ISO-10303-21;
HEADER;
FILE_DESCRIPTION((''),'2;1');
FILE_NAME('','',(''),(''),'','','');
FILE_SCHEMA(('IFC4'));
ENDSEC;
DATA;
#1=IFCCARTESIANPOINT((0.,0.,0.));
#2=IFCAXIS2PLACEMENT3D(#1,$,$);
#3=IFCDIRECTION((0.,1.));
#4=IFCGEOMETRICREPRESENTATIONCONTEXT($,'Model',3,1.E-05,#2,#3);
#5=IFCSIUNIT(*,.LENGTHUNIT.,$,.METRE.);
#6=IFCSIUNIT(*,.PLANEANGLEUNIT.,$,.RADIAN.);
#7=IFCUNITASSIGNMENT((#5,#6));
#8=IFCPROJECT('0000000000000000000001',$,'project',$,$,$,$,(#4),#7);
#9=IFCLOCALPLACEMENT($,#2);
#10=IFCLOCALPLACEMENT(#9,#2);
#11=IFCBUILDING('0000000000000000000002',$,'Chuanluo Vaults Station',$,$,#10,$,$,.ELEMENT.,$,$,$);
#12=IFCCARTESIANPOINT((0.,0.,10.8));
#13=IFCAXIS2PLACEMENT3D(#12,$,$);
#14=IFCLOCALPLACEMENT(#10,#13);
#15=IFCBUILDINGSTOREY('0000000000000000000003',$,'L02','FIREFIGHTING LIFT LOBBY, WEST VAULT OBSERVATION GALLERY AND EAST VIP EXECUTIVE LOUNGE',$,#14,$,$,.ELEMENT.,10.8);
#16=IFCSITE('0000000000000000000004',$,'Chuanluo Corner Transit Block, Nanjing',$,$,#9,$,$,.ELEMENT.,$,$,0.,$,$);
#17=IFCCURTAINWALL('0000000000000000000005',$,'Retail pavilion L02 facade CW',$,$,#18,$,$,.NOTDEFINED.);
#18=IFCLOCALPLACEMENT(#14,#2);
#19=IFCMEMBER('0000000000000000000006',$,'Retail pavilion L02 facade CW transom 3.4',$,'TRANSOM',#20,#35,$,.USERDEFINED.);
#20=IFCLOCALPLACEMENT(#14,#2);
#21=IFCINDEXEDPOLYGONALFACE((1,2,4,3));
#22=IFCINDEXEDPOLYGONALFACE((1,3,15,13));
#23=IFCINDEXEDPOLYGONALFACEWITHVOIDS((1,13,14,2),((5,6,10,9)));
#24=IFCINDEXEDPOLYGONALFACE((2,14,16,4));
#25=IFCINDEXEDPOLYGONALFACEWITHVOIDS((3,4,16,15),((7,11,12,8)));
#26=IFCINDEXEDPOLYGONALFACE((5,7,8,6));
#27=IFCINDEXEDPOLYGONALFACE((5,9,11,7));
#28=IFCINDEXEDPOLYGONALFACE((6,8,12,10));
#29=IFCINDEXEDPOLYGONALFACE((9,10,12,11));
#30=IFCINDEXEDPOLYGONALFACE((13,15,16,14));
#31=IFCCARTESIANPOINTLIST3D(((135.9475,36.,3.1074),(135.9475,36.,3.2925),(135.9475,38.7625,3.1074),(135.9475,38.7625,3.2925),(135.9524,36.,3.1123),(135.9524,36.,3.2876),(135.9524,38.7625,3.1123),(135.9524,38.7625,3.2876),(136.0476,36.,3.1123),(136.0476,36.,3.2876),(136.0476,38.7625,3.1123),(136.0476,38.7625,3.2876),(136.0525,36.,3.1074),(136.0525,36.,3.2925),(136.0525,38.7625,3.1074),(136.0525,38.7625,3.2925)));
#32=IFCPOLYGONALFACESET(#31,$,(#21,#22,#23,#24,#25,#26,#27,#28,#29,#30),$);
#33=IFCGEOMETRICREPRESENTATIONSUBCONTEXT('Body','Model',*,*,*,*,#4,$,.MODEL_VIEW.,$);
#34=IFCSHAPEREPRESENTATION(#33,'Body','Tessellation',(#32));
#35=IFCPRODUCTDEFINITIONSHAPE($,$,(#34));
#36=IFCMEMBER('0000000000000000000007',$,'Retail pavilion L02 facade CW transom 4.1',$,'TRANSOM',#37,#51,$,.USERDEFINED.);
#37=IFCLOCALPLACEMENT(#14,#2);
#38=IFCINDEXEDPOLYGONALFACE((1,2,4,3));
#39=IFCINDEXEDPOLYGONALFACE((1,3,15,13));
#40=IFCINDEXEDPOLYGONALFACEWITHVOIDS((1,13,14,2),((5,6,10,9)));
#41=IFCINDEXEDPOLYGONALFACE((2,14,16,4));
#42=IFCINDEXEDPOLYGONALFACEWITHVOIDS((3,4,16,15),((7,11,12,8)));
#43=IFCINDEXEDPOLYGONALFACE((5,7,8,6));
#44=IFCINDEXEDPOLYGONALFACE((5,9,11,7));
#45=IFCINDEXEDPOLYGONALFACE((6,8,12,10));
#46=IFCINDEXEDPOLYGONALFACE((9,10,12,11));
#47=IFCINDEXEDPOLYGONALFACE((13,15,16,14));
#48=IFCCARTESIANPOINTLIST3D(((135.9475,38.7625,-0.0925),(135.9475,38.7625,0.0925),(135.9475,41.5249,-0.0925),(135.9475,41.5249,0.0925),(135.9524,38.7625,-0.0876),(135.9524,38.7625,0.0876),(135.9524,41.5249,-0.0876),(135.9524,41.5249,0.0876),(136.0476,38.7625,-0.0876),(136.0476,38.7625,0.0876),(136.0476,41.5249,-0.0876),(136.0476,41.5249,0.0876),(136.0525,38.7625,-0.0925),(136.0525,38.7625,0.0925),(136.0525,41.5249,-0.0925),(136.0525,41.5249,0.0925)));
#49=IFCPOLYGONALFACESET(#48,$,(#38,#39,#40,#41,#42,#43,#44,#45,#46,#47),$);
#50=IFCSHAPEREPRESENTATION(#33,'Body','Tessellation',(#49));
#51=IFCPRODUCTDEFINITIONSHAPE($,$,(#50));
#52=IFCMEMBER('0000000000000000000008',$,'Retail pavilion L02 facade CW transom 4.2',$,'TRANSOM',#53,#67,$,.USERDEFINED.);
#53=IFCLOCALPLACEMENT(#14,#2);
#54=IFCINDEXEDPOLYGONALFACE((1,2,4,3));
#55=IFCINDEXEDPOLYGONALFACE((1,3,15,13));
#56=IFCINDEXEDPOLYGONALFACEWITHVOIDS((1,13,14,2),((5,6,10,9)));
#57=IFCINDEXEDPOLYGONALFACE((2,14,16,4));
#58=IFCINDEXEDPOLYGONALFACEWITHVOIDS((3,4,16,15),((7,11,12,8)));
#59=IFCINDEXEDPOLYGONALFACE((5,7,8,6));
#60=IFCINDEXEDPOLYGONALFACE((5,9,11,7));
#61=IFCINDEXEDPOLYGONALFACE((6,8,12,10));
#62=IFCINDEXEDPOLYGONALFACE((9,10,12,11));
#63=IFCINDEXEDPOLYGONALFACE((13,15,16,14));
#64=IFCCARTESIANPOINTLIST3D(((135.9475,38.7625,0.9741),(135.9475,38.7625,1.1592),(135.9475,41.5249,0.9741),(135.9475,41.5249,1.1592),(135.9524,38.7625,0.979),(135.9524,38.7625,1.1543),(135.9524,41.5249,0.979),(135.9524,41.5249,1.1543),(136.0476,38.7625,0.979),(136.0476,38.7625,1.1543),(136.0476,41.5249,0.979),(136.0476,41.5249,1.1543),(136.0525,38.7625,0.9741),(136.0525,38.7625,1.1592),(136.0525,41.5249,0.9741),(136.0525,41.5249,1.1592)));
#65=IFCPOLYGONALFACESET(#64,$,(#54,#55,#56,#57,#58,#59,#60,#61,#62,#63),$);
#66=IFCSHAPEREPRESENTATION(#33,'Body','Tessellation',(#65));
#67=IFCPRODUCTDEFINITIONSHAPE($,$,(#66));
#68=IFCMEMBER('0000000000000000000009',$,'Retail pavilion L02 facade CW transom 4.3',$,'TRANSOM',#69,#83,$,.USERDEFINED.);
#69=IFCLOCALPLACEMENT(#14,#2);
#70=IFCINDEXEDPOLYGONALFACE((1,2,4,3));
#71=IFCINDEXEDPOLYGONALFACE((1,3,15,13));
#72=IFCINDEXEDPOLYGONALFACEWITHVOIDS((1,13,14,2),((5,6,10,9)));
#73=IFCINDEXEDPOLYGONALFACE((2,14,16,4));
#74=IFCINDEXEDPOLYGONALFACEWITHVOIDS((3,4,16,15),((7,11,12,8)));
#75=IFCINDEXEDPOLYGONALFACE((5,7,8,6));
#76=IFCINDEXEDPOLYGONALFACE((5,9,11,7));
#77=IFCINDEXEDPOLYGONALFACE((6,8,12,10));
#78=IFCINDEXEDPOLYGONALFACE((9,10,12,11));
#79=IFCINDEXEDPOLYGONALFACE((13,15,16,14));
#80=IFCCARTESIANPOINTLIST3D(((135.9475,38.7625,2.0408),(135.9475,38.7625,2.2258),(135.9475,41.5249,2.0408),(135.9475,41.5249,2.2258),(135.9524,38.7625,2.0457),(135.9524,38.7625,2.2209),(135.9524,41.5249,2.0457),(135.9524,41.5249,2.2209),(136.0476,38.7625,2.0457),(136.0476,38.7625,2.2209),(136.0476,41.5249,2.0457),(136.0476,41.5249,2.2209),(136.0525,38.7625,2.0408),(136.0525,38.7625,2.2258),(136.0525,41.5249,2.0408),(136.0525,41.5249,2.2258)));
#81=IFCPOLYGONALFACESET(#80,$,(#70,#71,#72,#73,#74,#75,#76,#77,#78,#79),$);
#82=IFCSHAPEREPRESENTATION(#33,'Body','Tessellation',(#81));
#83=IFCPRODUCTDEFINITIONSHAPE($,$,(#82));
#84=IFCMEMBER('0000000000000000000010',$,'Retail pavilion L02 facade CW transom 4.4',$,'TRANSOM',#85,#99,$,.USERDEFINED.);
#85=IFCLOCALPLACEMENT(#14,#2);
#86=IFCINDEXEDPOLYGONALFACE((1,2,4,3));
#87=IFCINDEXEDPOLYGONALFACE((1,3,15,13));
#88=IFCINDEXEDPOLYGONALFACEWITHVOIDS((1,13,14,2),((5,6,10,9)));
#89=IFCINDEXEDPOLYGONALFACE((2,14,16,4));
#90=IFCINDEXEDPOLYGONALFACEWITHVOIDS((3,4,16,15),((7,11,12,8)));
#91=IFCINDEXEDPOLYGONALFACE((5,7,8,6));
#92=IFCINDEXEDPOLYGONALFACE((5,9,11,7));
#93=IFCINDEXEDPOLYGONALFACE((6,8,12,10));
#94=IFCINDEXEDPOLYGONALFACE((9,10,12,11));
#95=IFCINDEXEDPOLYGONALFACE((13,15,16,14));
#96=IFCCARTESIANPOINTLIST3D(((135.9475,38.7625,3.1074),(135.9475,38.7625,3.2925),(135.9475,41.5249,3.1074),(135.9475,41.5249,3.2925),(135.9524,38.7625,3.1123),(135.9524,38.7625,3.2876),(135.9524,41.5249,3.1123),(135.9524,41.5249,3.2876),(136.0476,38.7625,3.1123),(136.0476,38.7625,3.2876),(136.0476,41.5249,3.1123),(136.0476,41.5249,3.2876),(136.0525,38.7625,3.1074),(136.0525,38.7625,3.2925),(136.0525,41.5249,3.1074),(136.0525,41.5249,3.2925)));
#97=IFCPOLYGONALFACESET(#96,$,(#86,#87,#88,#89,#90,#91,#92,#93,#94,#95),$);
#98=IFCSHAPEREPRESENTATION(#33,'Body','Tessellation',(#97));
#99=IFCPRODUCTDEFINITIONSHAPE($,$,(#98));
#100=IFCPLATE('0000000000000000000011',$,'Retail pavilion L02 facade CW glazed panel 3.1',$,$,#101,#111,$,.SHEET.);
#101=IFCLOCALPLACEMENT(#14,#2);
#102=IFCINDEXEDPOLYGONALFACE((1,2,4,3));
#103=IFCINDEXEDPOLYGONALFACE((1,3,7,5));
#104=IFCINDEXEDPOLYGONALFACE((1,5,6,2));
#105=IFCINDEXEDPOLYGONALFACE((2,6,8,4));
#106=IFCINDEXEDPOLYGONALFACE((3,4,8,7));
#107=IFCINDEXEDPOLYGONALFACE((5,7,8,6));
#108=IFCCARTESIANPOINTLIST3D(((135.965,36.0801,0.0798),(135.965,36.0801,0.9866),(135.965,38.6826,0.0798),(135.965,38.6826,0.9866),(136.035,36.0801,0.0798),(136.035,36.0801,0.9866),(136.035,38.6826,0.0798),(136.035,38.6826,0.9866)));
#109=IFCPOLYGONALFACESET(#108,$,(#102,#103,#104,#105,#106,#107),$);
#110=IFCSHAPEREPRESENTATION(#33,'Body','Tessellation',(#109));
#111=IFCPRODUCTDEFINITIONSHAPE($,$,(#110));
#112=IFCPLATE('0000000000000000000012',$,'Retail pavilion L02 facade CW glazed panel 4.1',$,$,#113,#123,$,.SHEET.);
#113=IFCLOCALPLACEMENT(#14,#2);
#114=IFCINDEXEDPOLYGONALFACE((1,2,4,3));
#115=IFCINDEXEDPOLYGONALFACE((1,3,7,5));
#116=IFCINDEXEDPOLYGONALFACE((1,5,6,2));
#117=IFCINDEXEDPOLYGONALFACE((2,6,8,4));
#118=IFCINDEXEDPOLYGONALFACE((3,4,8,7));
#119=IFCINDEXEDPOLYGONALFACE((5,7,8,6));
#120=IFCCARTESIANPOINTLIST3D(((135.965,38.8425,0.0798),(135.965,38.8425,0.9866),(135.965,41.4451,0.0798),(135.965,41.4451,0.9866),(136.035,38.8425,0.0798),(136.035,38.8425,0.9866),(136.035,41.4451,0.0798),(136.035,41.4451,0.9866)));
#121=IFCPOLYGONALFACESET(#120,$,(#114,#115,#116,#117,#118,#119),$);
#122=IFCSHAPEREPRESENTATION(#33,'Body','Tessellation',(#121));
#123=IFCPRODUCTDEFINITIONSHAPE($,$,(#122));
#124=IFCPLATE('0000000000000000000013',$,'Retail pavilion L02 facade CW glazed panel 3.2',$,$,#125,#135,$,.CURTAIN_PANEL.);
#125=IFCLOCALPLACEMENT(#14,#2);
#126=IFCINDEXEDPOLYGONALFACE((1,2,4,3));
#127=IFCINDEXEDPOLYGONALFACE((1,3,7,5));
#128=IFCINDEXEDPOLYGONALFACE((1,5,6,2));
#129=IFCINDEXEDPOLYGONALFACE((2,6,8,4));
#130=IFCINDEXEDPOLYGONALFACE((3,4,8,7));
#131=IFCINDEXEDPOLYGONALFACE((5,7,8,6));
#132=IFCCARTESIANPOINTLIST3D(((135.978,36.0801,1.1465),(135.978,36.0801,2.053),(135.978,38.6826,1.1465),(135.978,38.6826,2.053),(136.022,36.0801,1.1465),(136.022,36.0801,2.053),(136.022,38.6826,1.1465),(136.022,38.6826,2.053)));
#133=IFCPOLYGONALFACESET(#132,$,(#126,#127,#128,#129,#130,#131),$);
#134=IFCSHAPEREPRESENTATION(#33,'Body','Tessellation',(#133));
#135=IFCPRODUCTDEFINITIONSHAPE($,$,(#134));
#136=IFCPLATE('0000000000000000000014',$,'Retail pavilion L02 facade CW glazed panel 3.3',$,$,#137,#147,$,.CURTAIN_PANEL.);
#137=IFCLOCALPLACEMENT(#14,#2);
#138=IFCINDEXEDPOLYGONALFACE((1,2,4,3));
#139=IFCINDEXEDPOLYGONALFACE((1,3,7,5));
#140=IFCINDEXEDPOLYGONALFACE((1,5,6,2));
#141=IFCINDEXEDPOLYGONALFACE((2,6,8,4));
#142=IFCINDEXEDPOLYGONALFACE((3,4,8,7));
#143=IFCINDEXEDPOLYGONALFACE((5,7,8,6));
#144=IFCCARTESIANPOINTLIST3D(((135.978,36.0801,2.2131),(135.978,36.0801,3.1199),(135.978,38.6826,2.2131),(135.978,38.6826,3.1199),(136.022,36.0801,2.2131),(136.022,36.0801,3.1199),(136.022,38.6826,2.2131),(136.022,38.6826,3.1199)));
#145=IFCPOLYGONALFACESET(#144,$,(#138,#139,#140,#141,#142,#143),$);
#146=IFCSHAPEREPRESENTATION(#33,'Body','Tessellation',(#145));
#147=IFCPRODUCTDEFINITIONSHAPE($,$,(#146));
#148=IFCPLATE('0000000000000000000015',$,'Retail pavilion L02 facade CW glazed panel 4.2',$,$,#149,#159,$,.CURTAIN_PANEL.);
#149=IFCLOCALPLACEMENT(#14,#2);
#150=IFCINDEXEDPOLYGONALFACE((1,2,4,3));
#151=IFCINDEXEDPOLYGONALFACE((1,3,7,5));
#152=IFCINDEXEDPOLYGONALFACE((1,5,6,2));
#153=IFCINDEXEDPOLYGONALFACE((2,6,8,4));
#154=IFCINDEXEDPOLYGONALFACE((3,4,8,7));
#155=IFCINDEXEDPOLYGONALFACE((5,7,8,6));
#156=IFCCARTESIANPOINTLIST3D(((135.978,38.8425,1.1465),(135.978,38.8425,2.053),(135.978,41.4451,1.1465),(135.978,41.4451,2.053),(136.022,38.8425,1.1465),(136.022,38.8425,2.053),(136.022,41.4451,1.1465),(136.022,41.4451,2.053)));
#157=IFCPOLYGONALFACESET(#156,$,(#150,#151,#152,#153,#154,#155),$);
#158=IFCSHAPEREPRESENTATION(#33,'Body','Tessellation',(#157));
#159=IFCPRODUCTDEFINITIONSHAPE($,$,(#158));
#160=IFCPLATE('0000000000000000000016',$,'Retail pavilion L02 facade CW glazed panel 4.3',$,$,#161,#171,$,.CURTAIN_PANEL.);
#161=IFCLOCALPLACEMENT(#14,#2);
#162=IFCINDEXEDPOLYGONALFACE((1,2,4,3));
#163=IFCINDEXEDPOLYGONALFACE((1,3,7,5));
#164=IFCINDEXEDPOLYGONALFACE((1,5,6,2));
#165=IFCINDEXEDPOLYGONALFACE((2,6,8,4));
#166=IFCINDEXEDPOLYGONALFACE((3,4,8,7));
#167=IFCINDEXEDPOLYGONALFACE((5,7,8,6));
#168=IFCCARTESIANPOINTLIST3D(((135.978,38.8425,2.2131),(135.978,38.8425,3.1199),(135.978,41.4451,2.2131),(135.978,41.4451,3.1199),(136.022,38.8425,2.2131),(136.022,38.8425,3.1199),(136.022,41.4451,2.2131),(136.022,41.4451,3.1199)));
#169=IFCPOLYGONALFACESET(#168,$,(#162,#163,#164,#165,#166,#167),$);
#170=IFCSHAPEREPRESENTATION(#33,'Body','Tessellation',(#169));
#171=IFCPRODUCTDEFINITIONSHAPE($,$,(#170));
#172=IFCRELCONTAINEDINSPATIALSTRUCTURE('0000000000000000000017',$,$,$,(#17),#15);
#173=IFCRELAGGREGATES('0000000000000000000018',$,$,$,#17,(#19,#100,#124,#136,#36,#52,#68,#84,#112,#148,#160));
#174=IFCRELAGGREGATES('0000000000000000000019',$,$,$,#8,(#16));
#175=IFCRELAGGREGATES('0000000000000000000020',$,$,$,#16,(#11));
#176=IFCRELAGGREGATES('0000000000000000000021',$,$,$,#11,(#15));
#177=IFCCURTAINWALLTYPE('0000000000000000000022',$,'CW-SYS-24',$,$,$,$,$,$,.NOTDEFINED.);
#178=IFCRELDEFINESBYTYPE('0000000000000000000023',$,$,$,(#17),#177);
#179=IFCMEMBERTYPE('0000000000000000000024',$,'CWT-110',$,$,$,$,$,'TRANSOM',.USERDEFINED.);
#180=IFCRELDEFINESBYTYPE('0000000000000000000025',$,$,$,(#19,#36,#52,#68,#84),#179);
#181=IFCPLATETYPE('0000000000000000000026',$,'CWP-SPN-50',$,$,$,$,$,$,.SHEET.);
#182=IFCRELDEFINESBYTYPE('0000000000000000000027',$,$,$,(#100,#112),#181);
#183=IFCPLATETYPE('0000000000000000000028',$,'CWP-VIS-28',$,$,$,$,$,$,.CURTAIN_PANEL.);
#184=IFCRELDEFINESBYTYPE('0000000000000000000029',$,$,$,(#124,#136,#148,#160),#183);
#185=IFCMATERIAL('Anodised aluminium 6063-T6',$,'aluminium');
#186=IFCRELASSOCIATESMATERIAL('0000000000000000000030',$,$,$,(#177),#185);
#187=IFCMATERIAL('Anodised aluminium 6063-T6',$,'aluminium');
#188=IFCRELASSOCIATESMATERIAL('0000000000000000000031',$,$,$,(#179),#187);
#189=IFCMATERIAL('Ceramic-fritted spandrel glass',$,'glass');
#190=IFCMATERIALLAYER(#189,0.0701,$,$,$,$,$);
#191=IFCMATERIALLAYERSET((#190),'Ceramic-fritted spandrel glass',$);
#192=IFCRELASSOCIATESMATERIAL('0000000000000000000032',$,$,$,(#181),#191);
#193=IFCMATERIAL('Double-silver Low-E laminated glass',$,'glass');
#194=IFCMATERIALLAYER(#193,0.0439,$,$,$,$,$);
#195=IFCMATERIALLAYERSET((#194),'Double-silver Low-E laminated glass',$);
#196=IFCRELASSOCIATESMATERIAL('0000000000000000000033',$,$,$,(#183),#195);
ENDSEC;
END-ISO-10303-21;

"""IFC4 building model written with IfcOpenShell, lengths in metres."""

from ifc_helpers import new_model, si_unit, direction, frame, origin, origin_2d, place, context, subcontext, project, spatial, rectangle, hollow_rectangle, extrude, material, layer, layer_set, material_profile, profile_set, type_object, element, aggregate, save


model = new_model("IFC4")

# Units and contexts
model_context = context("Model", 3, precision=1e-05, world=origin(), true_north=direction((0.0, 1.0)))
body_context = subcontext(model_context, "Body", "Model", "MODEL_VIEW")
ifc_project = project(units=[si_unit("LENGTHUNIT", "METRE"), si_unit("PLANEANGLEUNIT", "RADIAN")], contexts=[model_context])

# Site, building, storey
site_placement = place(None, origin())
site = spatial("IfcSite", under=ifc_project, at=site_placement, Name="Chuanluo Corner Transit Block, Nanjing", CompositionType="ELEMENT", RefElevation=0.0)
building_placement = place(site_placement, origin())
building = spatial("IfcBuilding", under=site, at=building_placement, Name="Chuanluo Vaults Station", CompositionType="ELEMENT")
storey_placement = place(building_placement, frame((0.0, 0.0, 10.8)))
storey = spatial("IfcBuildingStorey", under=building, at=storey_placement, Name="L02", Description="FIREFIGHTING LIFT LOBBY, WEST VAULT OBSERVATION GALLERY AND EAST VIP EXECUTIVE LOUNGE", CompositionType="ELEMENT", Elevation=10.8)

# Curtain wall, members, plates
ifc_material_1 = material(Name="Anodised aluminium 6063-T6", Category="aluminium")
curtain_wall_type = type_object("IfcCurtainWallType", Name="CW-SYS-24", PredefinedType="NOTDEFINED", material=ifc_material_1)
curtain_wall_placement = place(storey_placement, origin())
curtain_wall = element("IfcCurtainWall", 1, at=curtain_wall_placement, inside=storey, type_object=curtain_wall_type, Name="Retail pavilion L02 facade CW", PredefinedType="NOTDEFINED")
ifc_material_2 = material(Name="Anodised aluminium 6063-T6", Category="aluminium")
ifc_material_profile_1 = material_profile(ifc_material_2, hollow_rectangle(XDim=0.105, YDim=0.1851, WallThickness=0.0049, at=origin_2d()))
ifc_profile_set_1 = profile_set([ifc_material_profile_1], Name="Anodised aluminium 6063-T6")
member_type_1 = type_object("IfcMemberType", Name="CWT-110", ElementType="TRANSOM", PredefinedType="USERDEFINED", material=ifc_profile_set_1)
member_1_placement = place(storey_placement, frame((136.0, 36.0, 3.2), z_axis=(0.0, 1.0, 0.0), x_axis=(-1.0, 0.0, 0.0)))
member_1 = element("IfcMember", 2, at=member_1_placement, type_object=member_type_1, Name="Retail pavilion L02 facade CW transom 3.4", ObjectType="TRANSOM", PredefinedType="USERDEFINED", context=body_context, shape_type="SweptSolid", body=[
    extrude(hollow_rectangle(XDim=0.105, YDim=0.1851, WallThickness=0.0049, at=origin_2d()), origin(), (0.0, 0.0, 1.0), 2.7625),
])
member_2_placement = place(storey_placement, frame((136.0, 38.7625, 0.0), z_axis=(0.0, 1.0, 0.0), x_axis=(-1.0, 0.0, 0.0)))
member_2 = element("IfcMember", 3, at=member_2_placement, type_object=member_type_1, Name="Retail pavilion L02 facade CW transom 4.1", ObjectType="TRANSOM", PredefinedType="USERDEFINED", context=body_context, shape_type="SweptSolid", body=[
    extrude(hollow_rectangle(XDim=0.105, YDim=0.1851, WallThickness=0.0049, at=origin_2d()), origin(), (0.0, 0.0, 1.0), 2.7625),
])
member_3_placement = place(storey_placement, frame((136.0, 38.7625, 1.0667), z_axis=(0.0, 1.0, 0.0), x_axis=(-1.0, 0.0, 0.0)))
member_3 = element("IfcMember", 4, at=member_3_placement, type_object=member_type_1, Name="Retail pavilion L02 facade CW transom 4.2", ObjectType="TRANSOM", PredefinedType="USERDEFINED", context=body_context, shape_type="SweptSolid", body=[
    extrude(hollow_rectangle(XDim=0.105, YDim=0.1851, WallThickness=0.0049, at=origin_2d()), origin(), (0.0, 0.0, 1.0), 2.7625),
])
member_4_placement = place(storey_placement, frame((136.0, 38.7625, 2.1333), z_axis=(0.0, 1.0, 0.0), x_axis=(-1.0, 0.0, 0.0)))
member_4 = element("IfcMember", 5, at=member_4_placement, type_object=member_type_1, Name="Retail pavilion L02 facade CW transom 4.3", ObjectType="TRANSOM", PredefinedType="USERDEFINED", context=body_context, shape_type="SweptSolid", body=[
    extrude(hollow_rectangle(XDim=0.105, YDim=0.1851, WallThickness=0.0049, at=origin_2d()), origin(), (0.0, 0.0, 1.0), 2.7625),
])
member_5_placement = place(storey_placement, frame((136.0, 38.7625, 3.2), z_axis=(0.0, 1.0, 0.0), x_axis=(-1.0, 0.0, 0.0)))
member_5 = element("IfcMember", 6, at=member_5_placement, type_object=member_type_1, Name="Retail pavilion L02 facade CW transom 4.4", ObjectType="TRANSOM", PredefinedType="USERDEFINED", context=body_context, shape_type="SweptSolid", body=[
    extrude(hollow_rectangle(XDim=0.105, YDim=0.1851, WallThickness=0.0049, at=origin_2d()), origin(), (0.0, 0.0, 1.0), 2.7625),
])
ifc_material_3 = material(Name="Ceramic-fritted spandrel glass", Category="glass")
ifc_layer_1 = layer(ifc_material_3, 0.0701)
ifc_layer_set_1 = layer_set([ifc_layer_1], Name="Ceramic-fritted spandrel glass")
plate_type_1 = type_object("IfcPlateType", Name="CWP-SPN-50", PredefinedType="SHEET", material=ifc_layer_set_1)
plate_1_placement = place(storey_placement, frame((136.0, 37.3813, 0.0798), z_axis=(0.0, 0.0, 1.0), x_axis=(0.0, 1.0, 0.0)))
plate_1 = element("IfcPlate", 7, at=plate_1_placement, type_object=plate_type_1, Name="Retail pavilion L02 facade CW glazed panel 3.1", PredefinedType="SHEET", context=body_context, shape_type="SweptSolid", body=[
    extrude(rectangle(XDim=2.6025, YDim=0.0701, at=origin_2d()), origin(), (0.0, 0.0, 1.0), 0.9067),
])
plate_2_placement = place(storey_placement, frame((136.0, 40.1438, 0.0798), z_axis=(0.0, 0.0, 1.0), x_axis=(0.0, 1.0, 0.0)))
plate_2 = element("IfcPlate", 8, at=plate_2_placement, type_object=plate_type_1, Name="Retail pavilion L02 facade CW glazed panel 4.1", PredefinedType="SHEET", context=body_context, shape_type="SweptSolid", body=[
    extrude(rectangle(XDim=2.6025, YDim=0.0701, at=origin_2d()), origin(), (0.0, 0.0, 1.0), 0.9067),
])
ifc_material_4 = material(Name="Double-silver Low-E laminated glass", Category="glass")
ifc_layer_2 = layer(ifc_material_4, 0.0439)
ifc_layer_set_2 = layer_set([ifc_layer_2], Name="Double-silver Low-E laminated glass")
plate_type_2 = type_object("IfcPlateType", Name="CWP-VIS-28", PredefinedType="CURTAIN_PANEL", material=ifc_layer_set_2)
plate_3_placement = place(storey_placement, frame((136.0, 37.3813, 1.1465), z_axis=(0.0, 0.0, 1.0), x_axis=(0.0, 1.0, 0.0)))
plate_3 = element("IfcPlate", 9, at=plate_3_placement, type_object=plate_type_2, Name="Retail pavilion L02 facade CW glazed panel 3.2", PredefinedType="CURTAIN_PANEL", context=body_context, shape_type="SweptSolid", body=[
    extrude(rectangle(XDim=2.6025, YDim=0.0439, at=origin_2d()), origin(), (0.0, 0.0, 1.0), 0.9065),
])
plate_4_placement = place(storey_placement, frame((136.0, 37.3813, 2.2131), z_axis=(0.0, 0.0, 1.0), x_axis=(0.0, 1.0, 0.0)))
plate_4 = element("IfcPlate", 10, at=plate_4_placement, type_object=plate_type_2, Name="Retail pavilion L02 facade CW glazed panel 3.3", PredefinedType="CURTAIN_PANEL", context=body_context, shape_type="SweptSolid", body=[
    extrude(rectangle(XDim=2.6025, YDim=0.0439, at=origin_2d()), origin(), (0.0, 0.0, 1.0), 0.9067),
])
plate_5_placement = place(storey_placement, frame((136.0, 40.1438, 1.1465), z_axis=(0.0, 0.0, 1.0), x_axis=(0.0, 1.0, 0.0)))
plate_5 = element("IfcPlate", 11, at=plate_5_placement, type_object=plate_type_2, Name="Retail pavilion L02 facade CW glazed panel 4.2", PredefinedType="CURTAIN_PANEL", context=body_context, shape_type="SweptSolid", body=[
    extrude(rectangle(XDim=2.6025, YDim=0.0439, at=origin_2d()), origin(), (0.0, 0.0, 1.0), 0.9065),
])
plate_6_placement = place(storey_placement, frame((136.0, 40.1438, 2.2131), z_axis=(0.0, 0.0, 1.0), x_axis=(0.0, 1.0, 0.0)))
plate_6 = element("IfcPlate", 12, at=plate_6_placement, type_object=plate_type_2, Name="Retail pavilion L02 facade CW glazed panel 4.3", PredefinedType="CURTAIN_PANEL", context=body_context, shape_type="SweptSolid", body=[
    extrude(rectangle(XDim=2.6025, YDim=0.0439, at=origin_2d()), origin(), (0.0, 0.0, 1.0), 0.9067),
])
aggregate(curtain_wall, [member_1, plate_1, plate_3, plate_4, member_2, member_3, member_4, member_5, plate_2, plate_5, plate_6])

save(model, "model.ifc")
